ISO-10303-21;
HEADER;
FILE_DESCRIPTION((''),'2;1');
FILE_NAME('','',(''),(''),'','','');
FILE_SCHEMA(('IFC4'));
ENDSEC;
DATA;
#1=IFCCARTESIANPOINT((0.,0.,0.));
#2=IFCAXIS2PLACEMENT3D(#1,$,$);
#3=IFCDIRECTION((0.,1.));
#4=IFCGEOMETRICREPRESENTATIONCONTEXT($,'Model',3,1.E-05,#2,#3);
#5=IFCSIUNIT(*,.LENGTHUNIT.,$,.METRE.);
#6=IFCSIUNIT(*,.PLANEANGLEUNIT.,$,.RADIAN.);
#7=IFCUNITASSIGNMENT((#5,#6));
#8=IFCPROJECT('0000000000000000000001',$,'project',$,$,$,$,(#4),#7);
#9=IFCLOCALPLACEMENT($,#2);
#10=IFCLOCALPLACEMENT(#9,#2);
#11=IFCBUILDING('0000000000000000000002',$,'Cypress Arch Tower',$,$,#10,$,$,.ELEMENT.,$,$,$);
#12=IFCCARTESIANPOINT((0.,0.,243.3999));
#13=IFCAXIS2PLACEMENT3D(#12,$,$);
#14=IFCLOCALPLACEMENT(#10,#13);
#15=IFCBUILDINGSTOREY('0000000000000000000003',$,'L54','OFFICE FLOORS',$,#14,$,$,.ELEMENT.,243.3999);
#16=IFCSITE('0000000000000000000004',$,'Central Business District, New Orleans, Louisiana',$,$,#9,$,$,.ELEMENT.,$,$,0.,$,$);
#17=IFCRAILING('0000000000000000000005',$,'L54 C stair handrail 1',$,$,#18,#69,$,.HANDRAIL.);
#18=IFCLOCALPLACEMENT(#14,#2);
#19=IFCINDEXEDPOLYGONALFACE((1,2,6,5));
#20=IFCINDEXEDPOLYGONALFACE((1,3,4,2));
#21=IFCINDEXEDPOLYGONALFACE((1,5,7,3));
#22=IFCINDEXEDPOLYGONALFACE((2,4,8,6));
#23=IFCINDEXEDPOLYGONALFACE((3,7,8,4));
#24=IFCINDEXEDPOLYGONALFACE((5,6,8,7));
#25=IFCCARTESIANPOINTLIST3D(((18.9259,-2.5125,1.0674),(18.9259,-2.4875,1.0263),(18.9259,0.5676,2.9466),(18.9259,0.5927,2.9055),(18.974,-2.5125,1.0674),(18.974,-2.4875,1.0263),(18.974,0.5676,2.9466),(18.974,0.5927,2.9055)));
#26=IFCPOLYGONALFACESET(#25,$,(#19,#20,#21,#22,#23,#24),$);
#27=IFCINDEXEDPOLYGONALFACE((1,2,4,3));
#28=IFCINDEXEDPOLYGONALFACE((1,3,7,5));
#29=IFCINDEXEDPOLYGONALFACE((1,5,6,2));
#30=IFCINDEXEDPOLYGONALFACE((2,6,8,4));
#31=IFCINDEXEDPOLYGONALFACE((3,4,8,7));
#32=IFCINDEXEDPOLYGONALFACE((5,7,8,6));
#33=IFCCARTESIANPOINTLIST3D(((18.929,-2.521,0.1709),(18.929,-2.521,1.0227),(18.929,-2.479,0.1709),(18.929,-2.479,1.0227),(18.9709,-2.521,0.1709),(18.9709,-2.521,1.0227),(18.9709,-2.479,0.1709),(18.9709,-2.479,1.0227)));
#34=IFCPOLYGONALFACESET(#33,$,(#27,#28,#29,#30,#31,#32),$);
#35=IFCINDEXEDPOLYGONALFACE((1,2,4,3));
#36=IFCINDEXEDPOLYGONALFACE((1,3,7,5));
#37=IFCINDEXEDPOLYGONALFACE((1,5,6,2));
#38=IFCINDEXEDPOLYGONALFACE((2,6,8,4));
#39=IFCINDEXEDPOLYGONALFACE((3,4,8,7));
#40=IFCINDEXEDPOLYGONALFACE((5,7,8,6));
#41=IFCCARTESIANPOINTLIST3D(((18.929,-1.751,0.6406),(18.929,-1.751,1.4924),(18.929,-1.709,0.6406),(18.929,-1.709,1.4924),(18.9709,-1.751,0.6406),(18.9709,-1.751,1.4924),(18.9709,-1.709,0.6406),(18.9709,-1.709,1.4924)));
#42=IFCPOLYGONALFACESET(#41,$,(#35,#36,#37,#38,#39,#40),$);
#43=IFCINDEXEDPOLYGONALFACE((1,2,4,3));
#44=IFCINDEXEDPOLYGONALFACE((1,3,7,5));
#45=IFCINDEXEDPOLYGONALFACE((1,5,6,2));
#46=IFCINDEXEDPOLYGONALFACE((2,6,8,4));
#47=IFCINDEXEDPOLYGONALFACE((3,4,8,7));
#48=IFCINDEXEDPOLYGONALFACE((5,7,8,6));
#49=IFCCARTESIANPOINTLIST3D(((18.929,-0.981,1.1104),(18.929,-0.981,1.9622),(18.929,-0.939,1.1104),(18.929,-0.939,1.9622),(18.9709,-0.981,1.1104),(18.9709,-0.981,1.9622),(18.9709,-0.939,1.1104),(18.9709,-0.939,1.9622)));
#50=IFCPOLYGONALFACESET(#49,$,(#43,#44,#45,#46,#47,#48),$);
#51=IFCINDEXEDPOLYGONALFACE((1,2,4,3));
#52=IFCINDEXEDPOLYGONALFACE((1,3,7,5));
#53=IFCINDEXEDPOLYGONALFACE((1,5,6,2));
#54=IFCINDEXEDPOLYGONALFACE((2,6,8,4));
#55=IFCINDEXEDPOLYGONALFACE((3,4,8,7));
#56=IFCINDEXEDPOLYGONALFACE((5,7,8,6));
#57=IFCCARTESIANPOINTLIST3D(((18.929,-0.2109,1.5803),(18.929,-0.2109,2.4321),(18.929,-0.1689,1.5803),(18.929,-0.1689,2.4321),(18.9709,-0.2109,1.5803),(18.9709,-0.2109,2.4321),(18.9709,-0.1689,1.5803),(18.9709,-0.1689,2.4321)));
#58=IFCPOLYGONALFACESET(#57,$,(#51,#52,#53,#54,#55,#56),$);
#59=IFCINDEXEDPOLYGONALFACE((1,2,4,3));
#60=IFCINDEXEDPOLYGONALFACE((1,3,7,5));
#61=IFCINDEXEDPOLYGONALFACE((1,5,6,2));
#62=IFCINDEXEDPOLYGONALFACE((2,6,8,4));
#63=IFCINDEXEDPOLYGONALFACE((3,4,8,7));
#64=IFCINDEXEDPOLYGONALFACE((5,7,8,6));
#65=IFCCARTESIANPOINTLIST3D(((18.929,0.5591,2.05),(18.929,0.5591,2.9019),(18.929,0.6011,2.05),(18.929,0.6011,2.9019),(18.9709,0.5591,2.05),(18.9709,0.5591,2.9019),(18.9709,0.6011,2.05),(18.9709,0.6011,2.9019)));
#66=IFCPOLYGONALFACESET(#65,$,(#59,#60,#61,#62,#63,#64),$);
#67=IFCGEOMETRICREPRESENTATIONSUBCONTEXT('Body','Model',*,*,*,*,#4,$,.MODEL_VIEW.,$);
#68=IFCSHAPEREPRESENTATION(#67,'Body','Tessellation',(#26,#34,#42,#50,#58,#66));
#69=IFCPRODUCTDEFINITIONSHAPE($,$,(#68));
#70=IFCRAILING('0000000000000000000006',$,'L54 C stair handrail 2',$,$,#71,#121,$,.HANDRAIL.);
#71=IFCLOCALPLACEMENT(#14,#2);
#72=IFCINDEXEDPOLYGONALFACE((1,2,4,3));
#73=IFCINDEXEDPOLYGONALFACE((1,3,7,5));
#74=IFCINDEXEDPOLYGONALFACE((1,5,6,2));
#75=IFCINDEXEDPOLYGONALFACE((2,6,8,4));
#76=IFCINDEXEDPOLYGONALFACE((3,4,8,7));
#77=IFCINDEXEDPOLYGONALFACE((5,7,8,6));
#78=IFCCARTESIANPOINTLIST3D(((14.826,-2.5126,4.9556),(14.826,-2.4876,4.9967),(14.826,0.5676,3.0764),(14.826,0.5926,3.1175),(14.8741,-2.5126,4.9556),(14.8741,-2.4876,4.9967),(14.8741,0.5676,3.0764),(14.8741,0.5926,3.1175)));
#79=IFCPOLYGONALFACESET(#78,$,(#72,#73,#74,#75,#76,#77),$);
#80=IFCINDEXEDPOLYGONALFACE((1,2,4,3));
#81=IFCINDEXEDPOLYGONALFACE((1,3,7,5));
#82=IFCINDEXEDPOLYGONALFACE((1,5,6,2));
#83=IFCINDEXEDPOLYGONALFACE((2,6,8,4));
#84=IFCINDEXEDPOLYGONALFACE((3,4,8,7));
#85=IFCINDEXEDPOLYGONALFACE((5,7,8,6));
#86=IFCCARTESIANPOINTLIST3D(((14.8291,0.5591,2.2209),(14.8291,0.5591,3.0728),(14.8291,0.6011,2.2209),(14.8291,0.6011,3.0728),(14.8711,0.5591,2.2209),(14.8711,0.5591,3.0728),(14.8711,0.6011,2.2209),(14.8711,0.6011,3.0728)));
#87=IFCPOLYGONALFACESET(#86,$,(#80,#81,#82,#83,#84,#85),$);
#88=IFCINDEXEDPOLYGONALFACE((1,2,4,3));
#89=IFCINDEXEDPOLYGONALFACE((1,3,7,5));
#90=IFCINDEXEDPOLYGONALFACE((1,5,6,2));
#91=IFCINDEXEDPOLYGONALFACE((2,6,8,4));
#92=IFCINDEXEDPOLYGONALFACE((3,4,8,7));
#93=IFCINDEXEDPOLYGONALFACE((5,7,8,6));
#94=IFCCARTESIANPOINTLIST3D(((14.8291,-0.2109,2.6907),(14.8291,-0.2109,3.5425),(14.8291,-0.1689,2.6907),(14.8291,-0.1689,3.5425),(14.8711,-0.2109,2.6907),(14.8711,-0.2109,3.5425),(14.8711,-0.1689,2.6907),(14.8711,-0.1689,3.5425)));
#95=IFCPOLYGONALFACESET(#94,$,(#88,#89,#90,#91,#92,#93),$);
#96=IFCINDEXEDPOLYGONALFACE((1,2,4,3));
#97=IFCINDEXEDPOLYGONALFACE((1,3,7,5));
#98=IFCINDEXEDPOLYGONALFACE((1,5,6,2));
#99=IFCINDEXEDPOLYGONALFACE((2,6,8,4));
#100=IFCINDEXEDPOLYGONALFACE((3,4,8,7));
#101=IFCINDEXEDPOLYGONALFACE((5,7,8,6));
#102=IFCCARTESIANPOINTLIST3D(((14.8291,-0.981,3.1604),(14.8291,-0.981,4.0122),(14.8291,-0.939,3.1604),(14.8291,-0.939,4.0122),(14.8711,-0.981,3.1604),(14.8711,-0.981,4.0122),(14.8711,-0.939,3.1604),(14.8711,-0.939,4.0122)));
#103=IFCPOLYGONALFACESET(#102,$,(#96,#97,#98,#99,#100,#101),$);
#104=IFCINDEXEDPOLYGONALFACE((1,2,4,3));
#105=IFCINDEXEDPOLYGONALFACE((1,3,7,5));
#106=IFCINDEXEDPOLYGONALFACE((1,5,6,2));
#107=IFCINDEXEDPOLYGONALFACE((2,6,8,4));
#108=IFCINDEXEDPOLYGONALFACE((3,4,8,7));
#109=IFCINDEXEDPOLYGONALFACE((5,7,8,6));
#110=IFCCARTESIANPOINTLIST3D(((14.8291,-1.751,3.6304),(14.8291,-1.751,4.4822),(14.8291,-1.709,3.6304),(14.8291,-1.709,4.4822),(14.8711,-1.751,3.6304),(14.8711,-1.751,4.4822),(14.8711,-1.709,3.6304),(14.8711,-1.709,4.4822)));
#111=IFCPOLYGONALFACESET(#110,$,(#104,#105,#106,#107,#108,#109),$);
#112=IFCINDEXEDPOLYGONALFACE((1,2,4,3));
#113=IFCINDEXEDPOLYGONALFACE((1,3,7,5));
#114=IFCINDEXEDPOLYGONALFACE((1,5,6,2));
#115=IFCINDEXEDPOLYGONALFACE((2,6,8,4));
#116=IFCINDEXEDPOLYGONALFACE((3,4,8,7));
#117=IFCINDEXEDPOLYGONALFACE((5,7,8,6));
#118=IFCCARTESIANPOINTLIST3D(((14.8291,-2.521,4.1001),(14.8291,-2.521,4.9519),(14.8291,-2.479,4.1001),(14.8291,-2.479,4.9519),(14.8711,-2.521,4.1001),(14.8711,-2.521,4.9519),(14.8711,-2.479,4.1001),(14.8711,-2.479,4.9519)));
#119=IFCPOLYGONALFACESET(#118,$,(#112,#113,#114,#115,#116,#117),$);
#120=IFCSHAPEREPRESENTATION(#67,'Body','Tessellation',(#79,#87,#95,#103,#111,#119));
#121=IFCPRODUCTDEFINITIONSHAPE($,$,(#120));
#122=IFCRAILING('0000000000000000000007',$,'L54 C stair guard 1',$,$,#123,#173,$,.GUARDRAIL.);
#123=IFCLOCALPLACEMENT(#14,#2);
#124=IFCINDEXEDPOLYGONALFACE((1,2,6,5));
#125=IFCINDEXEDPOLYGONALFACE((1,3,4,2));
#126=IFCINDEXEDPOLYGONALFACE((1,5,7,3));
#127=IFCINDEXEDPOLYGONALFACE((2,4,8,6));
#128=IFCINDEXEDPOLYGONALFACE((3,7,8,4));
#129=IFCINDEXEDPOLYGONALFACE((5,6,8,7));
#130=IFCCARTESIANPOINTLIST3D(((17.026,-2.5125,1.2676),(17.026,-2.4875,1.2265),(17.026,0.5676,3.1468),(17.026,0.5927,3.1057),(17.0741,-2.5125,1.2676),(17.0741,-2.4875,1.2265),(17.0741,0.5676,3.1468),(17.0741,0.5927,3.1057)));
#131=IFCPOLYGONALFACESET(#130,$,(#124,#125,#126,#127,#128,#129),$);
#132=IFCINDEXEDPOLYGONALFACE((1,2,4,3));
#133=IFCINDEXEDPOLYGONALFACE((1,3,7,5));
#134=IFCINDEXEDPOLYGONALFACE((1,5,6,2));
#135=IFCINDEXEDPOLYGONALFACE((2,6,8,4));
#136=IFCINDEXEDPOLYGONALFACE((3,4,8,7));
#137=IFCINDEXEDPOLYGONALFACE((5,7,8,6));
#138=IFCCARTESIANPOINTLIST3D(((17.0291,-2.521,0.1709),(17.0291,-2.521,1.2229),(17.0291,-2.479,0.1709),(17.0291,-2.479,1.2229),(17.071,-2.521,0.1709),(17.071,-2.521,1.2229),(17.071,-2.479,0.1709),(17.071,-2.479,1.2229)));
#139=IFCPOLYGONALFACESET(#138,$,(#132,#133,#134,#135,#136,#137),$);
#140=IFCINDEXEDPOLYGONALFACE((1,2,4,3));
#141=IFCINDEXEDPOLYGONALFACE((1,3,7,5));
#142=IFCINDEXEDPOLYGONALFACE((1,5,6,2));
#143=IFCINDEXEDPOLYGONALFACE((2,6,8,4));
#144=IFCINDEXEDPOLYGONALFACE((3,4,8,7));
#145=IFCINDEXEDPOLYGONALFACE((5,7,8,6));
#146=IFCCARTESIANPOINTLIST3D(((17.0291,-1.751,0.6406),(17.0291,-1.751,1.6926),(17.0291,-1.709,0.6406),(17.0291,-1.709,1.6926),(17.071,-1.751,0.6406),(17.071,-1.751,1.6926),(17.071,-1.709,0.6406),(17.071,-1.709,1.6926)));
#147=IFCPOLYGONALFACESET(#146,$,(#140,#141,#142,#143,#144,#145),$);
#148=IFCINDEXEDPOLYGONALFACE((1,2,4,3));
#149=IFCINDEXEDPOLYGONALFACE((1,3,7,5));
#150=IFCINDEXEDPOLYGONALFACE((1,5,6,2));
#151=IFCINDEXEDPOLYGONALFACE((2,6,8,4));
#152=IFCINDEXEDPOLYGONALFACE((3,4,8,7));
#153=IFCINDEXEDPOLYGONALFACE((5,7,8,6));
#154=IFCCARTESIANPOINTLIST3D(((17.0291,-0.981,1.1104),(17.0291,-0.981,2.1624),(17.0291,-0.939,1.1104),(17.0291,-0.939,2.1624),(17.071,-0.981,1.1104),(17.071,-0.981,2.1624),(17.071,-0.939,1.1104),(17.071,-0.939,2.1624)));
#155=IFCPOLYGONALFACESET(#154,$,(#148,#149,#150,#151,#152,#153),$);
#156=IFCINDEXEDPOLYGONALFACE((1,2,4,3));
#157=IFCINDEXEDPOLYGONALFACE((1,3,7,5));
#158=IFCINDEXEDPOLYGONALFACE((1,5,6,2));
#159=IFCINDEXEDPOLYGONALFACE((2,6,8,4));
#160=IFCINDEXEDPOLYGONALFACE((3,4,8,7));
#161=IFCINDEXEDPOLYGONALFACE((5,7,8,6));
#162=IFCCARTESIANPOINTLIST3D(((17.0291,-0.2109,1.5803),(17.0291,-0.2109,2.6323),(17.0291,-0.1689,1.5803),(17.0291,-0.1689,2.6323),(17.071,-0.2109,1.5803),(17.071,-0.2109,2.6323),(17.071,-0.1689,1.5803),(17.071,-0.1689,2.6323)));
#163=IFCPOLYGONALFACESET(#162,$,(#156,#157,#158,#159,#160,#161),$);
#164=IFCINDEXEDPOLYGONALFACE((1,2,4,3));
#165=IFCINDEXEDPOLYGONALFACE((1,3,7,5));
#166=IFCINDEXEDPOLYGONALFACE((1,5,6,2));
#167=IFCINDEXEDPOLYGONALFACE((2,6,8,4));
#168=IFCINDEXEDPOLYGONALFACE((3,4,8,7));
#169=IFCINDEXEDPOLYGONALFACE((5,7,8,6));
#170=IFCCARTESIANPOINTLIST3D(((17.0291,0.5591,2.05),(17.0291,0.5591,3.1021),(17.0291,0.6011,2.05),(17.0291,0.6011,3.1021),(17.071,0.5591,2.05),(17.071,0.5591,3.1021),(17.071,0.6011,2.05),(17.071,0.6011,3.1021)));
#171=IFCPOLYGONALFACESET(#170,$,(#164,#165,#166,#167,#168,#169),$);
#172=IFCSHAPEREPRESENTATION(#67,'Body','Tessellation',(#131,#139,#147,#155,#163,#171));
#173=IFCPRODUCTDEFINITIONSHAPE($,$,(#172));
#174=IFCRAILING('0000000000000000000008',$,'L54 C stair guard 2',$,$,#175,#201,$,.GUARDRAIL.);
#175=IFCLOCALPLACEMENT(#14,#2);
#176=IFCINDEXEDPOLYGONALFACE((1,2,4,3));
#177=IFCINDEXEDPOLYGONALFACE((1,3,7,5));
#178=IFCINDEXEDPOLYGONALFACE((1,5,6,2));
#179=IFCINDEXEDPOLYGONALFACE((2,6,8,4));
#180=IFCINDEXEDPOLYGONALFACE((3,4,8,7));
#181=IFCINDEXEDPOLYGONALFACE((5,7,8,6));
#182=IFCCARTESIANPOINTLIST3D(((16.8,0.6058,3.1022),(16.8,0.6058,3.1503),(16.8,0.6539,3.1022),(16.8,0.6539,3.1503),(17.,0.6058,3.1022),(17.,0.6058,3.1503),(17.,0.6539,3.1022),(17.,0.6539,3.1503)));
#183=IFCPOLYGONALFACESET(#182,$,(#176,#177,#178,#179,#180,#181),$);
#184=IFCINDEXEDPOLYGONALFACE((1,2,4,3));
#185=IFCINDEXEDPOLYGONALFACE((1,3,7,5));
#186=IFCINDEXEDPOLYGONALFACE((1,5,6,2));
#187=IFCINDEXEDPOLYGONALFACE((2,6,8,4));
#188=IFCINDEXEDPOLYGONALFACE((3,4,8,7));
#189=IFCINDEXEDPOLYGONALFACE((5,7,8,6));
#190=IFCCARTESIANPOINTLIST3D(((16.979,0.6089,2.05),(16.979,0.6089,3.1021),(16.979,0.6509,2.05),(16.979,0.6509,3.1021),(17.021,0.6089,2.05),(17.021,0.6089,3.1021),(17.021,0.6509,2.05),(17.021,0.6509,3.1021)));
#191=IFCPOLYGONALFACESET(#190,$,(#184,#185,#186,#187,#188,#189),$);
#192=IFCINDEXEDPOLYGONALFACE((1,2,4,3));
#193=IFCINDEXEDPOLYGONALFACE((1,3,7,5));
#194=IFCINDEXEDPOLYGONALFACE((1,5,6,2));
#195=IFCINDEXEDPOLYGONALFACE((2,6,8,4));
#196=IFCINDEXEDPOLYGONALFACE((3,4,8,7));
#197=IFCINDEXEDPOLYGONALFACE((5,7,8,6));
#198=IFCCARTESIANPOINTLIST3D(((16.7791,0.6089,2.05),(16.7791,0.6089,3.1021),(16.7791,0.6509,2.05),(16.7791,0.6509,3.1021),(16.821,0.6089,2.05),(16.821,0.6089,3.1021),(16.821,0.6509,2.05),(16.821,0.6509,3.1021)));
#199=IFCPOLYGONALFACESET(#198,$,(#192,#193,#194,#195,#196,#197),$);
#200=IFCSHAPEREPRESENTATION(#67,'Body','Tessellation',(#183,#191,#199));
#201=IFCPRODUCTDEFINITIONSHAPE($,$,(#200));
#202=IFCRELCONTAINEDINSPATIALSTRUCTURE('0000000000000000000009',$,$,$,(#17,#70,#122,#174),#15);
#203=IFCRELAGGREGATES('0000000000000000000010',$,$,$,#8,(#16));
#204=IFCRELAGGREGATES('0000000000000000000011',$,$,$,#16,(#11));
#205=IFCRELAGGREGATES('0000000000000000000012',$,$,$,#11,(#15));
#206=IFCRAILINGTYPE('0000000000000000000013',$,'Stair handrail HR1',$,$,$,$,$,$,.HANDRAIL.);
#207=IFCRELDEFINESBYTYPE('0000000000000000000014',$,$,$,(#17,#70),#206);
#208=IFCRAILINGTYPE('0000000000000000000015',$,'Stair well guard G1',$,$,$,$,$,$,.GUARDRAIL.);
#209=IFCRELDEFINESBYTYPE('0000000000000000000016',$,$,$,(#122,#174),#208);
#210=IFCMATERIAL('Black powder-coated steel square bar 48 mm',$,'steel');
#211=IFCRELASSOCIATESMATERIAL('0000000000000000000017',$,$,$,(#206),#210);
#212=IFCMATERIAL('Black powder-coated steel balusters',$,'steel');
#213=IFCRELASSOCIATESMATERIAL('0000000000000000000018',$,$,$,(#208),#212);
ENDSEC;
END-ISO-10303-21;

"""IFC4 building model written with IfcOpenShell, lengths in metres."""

from ifc_helpers import new_model, si_unit, direction, frame, origin, origin_2d, place, context, subcontext, project, spatial, rectangle, extrude, material, type_object, element, save


model = new_model("IFC4")

# Units and contexts
model_context = context("Model", 3, precision=1e-05, world=origin(), true_north=direction((0.0, 1.0)))
body_context = subcontext(model_context, "Body", "Model", "MODEL_VIEW")
ifc_project = project(units=[si_unit("LENGTHUNIT", "METRE"), si_unit("PLANEANGLEUNIT", "RADIAN")], contexts=[model_context])

# Site, building, storey
site_placement = place(None, origin())
site = spatial("IfcSite", under=ifc_project, at=site_placement, Name="Central Business District, New Orleans, Louisiana", CompositionType="ELEMENT", RefElevation=0.0)
building_placement = place(site_placement, origin())
building = spatial("IfcBuilding", under=site, at=building_placement, Name="Cypress Arch Tower", CompositionType="ELEMENT")
storey_placement = place(building_placement, frame((0.0, 0.0, 243.3999)))
storey = spatial("IfcBuildingStorey", under=building, at=storey_placement, Name="L54", Description="OFFICE FLOORS", CompositionType="ELEMENT", Elevation=243.3999)

# Railings
ifc_material_1 = material(Name="Black powder-coated steel square bar 48 mm", Category="steel")
railing_type_1 = type_object("IfcRailingType", Name="Stair handrail HR1", PredefinedType="HANDRAIL", material=ifc_material_1)
railing_1_placement = place(storey_placement, frame((18.95, -2.5, 0.1709)))
element("IfcRailing", 1, at=railing_1_placement, inside=storey, type_object=railing_type_1, Name="L54 C stair handrail 1", PredefinedType="HANDRAIL", context=body_context, shape_type="SweptSolid", body=[
    extrude(rectangle(XDim=0.0481, YDim=0.0481, at=origin_2d()), frame((0.0, 0.0, 0.876), z_axis=(0.0, 0.853666, 0.52082), x_axis=(-1.0, 0.0, 0.0)), (0.0, 0.0, 1.0), 3.6082),
    extrude(rectangle(XDim=0.042, YDim=0.042, at=origin_2d()), origin(), (0.0, 0.0, 1.0), 0.8518),
    extrude(rectangle(XDim=0.042, YDim=0.042, at=origin_2d()), frame((0.0, 0.77, 0.4697)), (0.0, 0.0, 1.0), 0.8518),
    extrude(rectangle(XDim=0.042, YDim=0.042, at=origin_2d()), frame((0.0, 1.54, 0.9395)), (0.0, 0.0, 1.0), 0.8518),
    extrude(rectangle(XDim=0.042, YDim=0.042, at=origin_2d()), frame((0.0, 2.3101, 1.4094)), (0.0, 0.0, 1.0), 0.8518),
    extrude(rectangle(XDim=0.042, YDim=0.042, at=origin_2d()), frame((0.0, 3.0801, 1.8792)), (0.0, 0.0, 1.0), 0.8518),
])
railing_2_placement = place(storey_placement, frame((14.8501, 0.5801, 2.2209)))
element("IfcRailing", 2, at=railing_2_placement, inside=storey, type_object=railing_type_1, Name="L54 C stair handrail 2", PredefinedType="HANDRAIL", context=body_context, shape_type="SweptSolid", body=[
    extrude(rectangle(XDim=0.0481, YDim=0.0481, at=origin_2d()), frame((0.0, 0.0, 0.876), z_axis=(0.0, -0.853666, 0.52082), x_axis=(1.0, 0.0, 0.0)), (0.0, 0.0, 1.0), 3.6082),
    extrude(rectangle(XDim=0.042, YDim=0.042, at=origin_2d()), origin(), (0.0, 0.0, 1.0), 0.8518),
    extrude(rectangle(XDim=0.042, YDim=0.042, at=origin_2d()), frame((0.0, -0.77, 0.4697)), (0.0, 0.0, 1.0), 0.8518),
    extrude(rectangle(XDim=0.042, YDim=0.042, at=origin_2d()), frame((0.0, -1.54, 0.9395)), (0.0, 0.0, 1.0), 0.8518),
    extrude(rectangle(XDim=0.042, YDim=0.042, at=origin_2d()), frame((0.0, -2.3101, 1.4094)), (0.0, 0.0, 1.0), 0.8518),
    extrude(rectangle(XDim=0.042, YDim=0.042, at=origin_2d()), frame((0.0, -3.0801, 1.8792)), (0.0, 0.0, 1.0), 0.8518),
])
ifc_material_2 = material(Name="Black powder-coated steel balusters", Category="steel")
railing_type_2 = type_object("IfcRailingType", Name="Stair well guard G1", PredefinedType="GUARDRAIL", material=ifc_material_2)
railing_3_placement = place(storey_placement, frame((17.05, -2.5, 0.1709)))
element("IfcRailing", 3, at=railing_3_placement, inside=storey, type_object=railing_type_2, Name="L54 C stair guard 1", PredefinedType="GUARDRAIL", context=body_context, shape_type="SweptSolid", body=[
    extrude(rectangle(XDim=0.0481, YDim=0.0481, at=origin_2d()), frame((0.0, 0.0, 1.0762), z_axis=(0.0, 0.853666, 0.52082), x_axis=(-1.0, 0.0, 0.0)), (0.0, 0.0, 1.0), 3.6082),
    extrude(rectangle(XDim=0.042, YDim=0.042, at=origin_2d()), origin(), (0.0, 0.0, 1.0), 1.052),
    extrude(rectangle(XDim=0.042, YDim=0.042, at=origin_2d()), frame((0.0, 0.77, 0.4697)), (0.0, 0.0, 1.0), 1.052),
    extrude(rectangle(XDim=0.042, YDim=0.042, at=origin_2d()), frame((0.0, 1.54, 0.9395)), (0.0, 0.0, 1.0), 1.052),
    extrude(rectangle(XDim=0.042, YDim=0.042, at=origin_2d()), frame((0.0, 2.3101, 1.4094)), (0.0, 0.0, 1.0), 1.052),
    extrude(rectangle(XDim=0.042, YDim=0.042, at=origin_2d()), frame((0.0, 3.0801, 1.8792)), (0.0, 0.0, 1.0), 1.052),
])
railing_4_placement = place(storey_placement, frame((17.0, 0.6299, 2.05)))
element("IfcRailing", 4, at=railing_4_placement, inside=storey, type_object=railing_type_2, Name="L54 C stair guard 2", PredefinedType="GUARDRAIL", context=body_context, shape_type="SweptSolid", body=[
    extrude(rectangle(XDim=0.0481, YDim=0.0481, at=origin_2d()), frame((0.0, 0.0, 1.0762), z_axis=(-1.0, 0.0, 0.0), x_axis=(0.0, -1.0, 0.0)), (0.0, 0.0, 1.0), 0.2),
    extrude(rectangle(XDim=0.042, YDim=0.042, at=origin_2d()), origin(), (0.0, 0.0, 1.0), 1.052),
    extrude(rectangle(XDim=0.042, YDim=0.042, at=origin_2d()), frame((-0.2, 0.0, 0.0)), (0.0, 0.0, 1.0), 1.052),
])

save(model, "model.ifc")
